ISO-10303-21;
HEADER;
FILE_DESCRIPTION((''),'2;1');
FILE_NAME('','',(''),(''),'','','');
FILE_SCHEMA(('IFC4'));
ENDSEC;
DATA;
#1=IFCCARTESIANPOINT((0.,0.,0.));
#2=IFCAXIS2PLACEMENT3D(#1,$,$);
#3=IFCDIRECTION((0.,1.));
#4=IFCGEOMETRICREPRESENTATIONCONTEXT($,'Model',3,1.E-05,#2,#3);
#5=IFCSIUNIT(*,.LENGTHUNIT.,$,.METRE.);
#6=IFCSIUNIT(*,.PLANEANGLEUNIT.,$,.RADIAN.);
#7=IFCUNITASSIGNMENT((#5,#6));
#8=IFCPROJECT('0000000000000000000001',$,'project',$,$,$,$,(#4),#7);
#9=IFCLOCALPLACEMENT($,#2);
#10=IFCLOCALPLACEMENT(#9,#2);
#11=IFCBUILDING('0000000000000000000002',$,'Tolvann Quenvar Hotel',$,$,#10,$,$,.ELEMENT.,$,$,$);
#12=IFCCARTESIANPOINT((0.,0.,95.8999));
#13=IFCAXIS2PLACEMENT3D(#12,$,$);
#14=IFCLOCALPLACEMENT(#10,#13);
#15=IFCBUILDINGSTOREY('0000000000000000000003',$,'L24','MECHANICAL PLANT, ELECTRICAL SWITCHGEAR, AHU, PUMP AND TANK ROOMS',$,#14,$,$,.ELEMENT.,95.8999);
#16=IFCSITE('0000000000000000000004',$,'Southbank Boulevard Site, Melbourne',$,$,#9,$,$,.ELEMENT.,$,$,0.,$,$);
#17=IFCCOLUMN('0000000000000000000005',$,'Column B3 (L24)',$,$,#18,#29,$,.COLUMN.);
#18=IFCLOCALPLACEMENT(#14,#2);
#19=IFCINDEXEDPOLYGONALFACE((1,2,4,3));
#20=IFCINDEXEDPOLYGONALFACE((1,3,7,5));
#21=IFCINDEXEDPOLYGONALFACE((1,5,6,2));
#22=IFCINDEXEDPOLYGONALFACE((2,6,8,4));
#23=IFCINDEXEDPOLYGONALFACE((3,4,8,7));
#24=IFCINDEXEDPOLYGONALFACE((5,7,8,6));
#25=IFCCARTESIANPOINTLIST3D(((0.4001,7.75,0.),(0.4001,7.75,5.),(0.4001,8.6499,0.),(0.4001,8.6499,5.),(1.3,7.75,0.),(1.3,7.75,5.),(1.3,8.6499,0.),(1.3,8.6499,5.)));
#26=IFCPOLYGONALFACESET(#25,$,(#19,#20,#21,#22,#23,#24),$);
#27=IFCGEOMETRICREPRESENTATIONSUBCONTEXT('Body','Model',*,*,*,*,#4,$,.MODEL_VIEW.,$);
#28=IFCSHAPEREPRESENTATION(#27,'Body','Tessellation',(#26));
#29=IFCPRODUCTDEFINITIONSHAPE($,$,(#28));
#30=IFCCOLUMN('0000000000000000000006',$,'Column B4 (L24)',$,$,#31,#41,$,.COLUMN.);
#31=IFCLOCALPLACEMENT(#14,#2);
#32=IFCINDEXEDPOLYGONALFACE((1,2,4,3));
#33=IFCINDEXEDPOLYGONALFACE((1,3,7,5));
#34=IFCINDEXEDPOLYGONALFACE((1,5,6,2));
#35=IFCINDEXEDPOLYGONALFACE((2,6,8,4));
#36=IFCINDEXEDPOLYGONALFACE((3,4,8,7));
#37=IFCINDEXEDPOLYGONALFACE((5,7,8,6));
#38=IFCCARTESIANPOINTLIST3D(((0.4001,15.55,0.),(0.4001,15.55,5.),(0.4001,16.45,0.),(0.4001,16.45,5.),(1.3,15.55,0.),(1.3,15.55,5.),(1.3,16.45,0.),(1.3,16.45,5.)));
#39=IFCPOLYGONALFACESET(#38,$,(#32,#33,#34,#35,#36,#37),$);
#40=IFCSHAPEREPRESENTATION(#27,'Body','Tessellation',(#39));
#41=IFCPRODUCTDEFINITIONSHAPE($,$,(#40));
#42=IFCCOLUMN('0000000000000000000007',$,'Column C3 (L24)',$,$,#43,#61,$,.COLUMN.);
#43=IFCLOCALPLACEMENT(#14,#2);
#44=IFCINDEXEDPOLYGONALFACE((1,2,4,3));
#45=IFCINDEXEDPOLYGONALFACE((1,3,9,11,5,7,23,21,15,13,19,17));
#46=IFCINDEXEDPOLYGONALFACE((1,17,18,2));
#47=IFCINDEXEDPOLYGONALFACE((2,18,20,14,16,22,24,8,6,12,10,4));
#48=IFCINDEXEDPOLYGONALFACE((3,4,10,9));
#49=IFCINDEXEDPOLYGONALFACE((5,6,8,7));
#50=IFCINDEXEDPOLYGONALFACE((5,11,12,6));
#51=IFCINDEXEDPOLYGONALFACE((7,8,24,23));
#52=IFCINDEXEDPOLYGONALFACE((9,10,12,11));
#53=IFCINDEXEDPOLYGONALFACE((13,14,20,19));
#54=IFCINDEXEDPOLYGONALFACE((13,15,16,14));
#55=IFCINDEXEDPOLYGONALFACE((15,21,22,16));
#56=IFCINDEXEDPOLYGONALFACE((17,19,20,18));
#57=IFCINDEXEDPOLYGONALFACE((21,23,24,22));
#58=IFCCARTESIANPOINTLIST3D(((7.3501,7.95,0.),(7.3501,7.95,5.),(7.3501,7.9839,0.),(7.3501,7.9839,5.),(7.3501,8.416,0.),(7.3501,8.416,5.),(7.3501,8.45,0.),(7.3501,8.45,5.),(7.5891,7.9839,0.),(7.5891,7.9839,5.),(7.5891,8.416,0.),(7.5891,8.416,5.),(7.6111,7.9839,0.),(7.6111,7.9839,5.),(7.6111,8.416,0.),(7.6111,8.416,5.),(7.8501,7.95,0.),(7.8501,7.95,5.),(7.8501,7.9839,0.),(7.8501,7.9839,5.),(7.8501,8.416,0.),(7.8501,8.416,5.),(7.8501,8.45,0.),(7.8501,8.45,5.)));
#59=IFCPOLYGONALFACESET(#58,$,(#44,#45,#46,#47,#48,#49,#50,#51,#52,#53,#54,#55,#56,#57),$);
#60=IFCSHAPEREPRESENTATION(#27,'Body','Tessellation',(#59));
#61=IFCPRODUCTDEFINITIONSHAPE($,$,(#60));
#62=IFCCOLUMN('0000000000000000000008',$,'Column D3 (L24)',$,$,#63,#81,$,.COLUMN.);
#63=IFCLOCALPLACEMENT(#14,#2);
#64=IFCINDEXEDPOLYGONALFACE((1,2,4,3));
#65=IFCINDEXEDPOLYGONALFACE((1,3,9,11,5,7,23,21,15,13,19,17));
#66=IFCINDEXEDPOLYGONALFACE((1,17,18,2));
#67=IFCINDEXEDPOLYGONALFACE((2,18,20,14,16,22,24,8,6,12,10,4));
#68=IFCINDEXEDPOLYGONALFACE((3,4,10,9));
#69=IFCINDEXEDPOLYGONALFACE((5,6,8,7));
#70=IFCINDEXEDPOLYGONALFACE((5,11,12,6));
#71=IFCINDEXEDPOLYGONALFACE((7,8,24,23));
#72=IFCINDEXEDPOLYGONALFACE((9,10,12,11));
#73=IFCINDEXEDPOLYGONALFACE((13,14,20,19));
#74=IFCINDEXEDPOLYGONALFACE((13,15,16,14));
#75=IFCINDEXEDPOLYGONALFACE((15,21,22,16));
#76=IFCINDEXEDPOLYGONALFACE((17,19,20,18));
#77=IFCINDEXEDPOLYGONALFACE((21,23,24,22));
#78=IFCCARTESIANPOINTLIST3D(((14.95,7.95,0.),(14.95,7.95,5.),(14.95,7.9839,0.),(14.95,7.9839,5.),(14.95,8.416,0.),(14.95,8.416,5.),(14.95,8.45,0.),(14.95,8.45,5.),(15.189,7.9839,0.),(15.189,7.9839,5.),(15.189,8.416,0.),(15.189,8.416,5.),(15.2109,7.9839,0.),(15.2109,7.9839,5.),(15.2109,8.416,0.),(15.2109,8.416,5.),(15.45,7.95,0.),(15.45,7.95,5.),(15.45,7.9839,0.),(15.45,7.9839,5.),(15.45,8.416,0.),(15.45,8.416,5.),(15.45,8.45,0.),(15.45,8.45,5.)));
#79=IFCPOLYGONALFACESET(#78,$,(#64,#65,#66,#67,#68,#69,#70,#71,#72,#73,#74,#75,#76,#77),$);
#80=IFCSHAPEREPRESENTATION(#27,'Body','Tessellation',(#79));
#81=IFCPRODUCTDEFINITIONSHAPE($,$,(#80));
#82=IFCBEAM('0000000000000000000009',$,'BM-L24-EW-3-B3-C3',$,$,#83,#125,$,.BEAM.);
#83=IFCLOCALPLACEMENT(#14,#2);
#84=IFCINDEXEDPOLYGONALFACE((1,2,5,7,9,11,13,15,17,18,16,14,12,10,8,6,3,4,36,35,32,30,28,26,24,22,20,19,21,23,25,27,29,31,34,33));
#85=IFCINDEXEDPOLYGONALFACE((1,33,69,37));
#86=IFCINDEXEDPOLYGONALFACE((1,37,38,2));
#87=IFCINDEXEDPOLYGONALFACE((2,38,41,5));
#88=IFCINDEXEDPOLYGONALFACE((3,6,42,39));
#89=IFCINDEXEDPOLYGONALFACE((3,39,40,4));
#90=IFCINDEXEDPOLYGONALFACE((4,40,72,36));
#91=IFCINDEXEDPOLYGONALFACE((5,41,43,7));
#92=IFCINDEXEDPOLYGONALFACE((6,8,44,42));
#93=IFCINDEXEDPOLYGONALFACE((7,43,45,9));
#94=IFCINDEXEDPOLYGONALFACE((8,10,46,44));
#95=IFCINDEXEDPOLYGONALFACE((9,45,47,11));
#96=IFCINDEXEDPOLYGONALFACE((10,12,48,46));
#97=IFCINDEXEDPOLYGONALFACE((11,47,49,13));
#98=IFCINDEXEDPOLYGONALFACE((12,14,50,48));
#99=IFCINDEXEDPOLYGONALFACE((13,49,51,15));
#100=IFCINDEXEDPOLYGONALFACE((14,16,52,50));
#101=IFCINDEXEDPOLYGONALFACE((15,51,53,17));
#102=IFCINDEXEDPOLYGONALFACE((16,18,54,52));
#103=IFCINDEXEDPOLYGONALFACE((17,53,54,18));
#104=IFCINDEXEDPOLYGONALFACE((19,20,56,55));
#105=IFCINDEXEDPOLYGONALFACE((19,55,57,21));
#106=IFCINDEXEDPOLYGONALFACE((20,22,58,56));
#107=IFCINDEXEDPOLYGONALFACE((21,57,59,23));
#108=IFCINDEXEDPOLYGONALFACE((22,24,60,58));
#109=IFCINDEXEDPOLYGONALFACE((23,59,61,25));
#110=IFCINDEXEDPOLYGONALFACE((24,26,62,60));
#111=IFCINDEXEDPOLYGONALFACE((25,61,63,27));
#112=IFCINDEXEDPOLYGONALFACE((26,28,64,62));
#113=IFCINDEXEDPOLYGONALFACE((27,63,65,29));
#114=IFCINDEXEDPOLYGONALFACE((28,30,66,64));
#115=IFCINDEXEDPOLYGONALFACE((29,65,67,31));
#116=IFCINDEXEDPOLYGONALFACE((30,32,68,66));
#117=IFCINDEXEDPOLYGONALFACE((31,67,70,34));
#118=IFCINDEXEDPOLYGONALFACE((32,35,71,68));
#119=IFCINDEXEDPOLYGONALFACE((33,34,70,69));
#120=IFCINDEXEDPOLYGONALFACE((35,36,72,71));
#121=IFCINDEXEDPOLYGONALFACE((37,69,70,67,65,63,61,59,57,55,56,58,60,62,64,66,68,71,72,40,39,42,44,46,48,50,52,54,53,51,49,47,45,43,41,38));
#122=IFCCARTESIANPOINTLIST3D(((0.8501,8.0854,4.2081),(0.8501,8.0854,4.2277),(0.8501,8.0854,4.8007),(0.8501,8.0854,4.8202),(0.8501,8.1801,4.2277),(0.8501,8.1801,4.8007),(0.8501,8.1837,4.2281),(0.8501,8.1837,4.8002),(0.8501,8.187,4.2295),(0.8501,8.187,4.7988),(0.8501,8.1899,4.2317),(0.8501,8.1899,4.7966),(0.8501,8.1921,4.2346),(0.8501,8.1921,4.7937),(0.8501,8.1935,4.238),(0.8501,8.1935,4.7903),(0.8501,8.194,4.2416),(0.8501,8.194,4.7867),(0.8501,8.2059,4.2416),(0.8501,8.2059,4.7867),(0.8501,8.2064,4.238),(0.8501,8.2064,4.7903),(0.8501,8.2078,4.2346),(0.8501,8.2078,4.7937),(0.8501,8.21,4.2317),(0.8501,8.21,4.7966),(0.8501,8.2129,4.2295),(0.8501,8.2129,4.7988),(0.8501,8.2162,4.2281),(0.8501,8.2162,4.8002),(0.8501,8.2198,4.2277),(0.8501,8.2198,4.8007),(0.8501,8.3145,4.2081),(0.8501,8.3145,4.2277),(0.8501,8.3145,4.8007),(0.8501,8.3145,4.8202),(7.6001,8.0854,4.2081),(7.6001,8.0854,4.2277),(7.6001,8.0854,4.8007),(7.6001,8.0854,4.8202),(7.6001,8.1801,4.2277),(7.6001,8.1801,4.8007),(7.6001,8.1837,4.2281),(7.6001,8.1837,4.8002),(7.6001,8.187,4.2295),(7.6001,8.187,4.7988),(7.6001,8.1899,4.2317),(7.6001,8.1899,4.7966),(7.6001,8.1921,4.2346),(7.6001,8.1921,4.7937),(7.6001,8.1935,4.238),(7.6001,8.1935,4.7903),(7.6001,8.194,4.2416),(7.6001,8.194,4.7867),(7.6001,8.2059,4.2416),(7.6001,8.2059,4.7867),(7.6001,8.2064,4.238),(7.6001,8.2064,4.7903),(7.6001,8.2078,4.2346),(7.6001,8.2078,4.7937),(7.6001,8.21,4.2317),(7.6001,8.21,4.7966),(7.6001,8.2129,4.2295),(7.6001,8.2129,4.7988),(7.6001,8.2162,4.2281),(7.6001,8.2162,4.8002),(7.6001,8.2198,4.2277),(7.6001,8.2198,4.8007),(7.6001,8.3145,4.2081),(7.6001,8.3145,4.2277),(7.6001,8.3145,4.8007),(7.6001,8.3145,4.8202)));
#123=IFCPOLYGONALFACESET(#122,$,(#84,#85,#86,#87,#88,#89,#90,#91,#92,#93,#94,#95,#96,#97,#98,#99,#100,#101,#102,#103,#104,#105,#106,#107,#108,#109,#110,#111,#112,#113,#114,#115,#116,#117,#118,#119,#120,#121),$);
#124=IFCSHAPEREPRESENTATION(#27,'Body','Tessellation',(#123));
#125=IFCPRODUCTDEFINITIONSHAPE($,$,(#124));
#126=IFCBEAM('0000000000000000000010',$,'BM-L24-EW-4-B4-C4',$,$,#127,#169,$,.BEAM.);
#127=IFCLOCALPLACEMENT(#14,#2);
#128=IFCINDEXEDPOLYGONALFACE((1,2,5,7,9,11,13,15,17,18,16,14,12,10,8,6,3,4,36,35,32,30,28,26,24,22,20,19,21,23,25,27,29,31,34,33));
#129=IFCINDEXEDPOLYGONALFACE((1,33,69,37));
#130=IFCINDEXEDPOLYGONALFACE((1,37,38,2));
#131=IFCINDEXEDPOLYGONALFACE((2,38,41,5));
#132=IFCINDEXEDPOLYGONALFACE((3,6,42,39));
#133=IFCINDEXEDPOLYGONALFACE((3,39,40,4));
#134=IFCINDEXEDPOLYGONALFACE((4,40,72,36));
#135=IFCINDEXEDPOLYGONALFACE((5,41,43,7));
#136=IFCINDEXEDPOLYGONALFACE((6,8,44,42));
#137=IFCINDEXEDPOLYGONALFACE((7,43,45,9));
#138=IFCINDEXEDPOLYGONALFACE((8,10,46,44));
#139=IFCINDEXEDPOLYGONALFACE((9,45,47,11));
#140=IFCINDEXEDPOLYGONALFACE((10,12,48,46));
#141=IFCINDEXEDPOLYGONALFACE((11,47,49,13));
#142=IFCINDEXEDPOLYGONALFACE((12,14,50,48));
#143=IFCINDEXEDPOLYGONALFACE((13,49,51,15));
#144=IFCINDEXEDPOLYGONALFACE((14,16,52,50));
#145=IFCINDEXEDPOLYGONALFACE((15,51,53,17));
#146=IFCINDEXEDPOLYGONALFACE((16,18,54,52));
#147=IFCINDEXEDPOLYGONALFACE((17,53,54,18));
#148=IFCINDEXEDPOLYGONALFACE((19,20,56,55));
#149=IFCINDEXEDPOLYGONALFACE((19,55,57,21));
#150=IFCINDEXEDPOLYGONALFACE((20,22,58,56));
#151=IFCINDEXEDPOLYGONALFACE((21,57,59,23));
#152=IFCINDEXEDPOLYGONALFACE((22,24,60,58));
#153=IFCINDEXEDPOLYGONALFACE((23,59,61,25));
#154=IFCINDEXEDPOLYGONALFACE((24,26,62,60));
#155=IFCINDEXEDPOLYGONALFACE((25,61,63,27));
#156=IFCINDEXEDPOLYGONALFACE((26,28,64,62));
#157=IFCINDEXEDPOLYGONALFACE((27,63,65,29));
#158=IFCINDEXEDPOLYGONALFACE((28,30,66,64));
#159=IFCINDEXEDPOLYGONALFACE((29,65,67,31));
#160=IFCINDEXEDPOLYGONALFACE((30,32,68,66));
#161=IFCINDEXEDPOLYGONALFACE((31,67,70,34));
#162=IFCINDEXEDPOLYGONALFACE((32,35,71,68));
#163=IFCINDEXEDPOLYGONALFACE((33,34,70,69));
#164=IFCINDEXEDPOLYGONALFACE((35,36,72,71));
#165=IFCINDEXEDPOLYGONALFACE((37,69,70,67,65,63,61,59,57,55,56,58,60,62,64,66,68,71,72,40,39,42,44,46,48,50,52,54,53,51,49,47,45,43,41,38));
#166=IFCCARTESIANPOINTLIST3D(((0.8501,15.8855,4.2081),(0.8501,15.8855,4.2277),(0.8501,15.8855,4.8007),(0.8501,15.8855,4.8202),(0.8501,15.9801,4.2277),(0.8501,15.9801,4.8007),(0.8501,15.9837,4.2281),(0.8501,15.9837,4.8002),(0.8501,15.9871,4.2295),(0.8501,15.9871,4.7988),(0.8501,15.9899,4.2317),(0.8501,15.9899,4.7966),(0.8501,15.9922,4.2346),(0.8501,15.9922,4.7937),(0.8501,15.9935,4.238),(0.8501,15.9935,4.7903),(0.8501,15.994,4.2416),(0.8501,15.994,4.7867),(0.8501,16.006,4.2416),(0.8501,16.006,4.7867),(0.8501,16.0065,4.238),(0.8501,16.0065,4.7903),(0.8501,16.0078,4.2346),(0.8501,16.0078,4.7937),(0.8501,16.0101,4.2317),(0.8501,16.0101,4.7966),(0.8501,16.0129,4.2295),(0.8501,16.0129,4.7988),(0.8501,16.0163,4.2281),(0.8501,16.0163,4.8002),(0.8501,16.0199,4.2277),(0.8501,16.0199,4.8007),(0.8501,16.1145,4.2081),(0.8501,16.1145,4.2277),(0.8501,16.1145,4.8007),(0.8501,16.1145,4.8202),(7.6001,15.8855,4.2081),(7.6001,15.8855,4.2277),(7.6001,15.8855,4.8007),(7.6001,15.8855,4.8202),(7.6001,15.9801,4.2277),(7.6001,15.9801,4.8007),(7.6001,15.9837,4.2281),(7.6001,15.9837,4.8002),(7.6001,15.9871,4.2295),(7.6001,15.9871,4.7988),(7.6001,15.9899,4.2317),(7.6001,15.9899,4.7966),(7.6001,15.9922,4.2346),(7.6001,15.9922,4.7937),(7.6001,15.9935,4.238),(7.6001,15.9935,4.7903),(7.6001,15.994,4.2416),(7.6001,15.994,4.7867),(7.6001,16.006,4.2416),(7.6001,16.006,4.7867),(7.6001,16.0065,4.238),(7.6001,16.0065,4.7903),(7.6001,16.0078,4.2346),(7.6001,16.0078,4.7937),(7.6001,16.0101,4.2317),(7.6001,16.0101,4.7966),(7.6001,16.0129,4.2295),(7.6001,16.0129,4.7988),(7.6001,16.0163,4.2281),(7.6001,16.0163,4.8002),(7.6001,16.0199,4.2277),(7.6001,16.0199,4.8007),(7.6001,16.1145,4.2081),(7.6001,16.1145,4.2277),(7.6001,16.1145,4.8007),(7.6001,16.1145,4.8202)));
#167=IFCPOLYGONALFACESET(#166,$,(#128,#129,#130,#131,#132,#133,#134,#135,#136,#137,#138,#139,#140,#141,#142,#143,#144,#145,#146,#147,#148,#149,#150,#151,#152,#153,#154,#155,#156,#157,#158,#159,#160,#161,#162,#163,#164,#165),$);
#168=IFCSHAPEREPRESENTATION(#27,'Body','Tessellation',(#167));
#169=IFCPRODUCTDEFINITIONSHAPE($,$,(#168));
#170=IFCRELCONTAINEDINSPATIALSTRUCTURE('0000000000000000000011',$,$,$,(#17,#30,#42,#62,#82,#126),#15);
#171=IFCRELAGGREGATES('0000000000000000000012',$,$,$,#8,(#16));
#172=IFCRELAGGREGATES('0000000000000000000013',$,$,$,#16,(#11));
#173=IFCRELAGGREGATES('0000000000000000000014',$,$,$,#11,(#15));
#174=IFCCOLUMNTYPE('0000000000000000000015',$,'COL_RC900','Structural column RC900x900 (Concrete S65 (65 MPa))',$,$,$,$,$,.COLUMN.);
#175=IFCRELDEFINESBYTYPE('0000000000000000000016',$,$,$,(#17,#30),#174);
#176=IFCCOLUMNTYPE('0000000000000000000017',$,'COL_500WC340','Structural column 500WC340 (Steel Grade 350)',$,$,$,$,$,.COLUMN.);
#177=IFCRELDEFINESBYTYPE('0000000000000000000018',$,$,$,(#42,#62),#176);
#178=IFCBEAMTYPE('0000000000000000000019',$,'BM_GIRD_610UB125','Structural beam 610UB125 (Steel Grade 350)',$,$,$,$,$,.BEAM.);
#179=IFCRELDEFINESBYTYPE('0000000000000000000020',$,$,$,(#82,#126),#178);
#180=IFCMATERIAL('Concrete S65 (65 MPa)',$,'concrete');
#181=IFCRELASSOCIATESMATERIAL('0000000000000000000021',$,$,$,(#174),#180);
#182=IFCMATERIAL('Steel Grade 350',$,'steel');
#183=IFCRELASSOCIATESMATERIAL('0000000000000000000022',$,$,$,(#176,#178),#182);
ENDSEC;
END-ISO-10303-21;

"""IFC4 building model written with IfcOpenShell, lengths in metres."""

from ifc_helpers import new_model, si_unit, direction, frame, origin, origin_2d, place, context, subcontext, project, spatial, rectangle, i_section, extrude, source, transform, mapped, material, material_profile, profile_set, type_object, type_shapes, element, save


model = new_model("IFC4")

# Units and contexts
model_context = context("Model", 3, precision=1e-05, world=origin(), true_north=direction((0.0, 1.0)))
body_context = subcontext(model_context, "Body", "Model", "MODEL_VIEW")
ifc_project = project(units=[si_unit("LENGTHUNIT", "METRE"), si_unit("PLANEANGLEUNIT", "RADIAN")], contexts=[model_context])

# Site, building, storey
site_placement = place(None, origin())
site = spatial("IfcSite", under=ifc_project, at=site_placement, Name="Southbank Boulevard Site, Melbourne", CompositionType="ELEMENT", RefElevation=0.0)
building_placement = place(site_placement, origin())
building = spatial("IfcBuilding", under=site, at=building_placement, Name="Tolvann Quenvar Hotel", CompositionType="ELEMENT")
storey_placement = place(building_placement, frame((0.0, 0.0, 95.8999)))
storey = spatial("IfcBuildingStorey", under=building, at=storey_placement, Name="L24", Description="MECHANICAL PLANT, ELECTRICAL SWITCHGEAR, AHU, PUMP AND TANK ROOMS", CompositionType="ELEMENT", Elevation=95.8999)

# Columns
ifc_material_1 = material(Name="Concrete S65 (65 MPa)", Category="concrete")
ifc_material_profile_1 = material_profile(ifc_material_1, rectangle(XDim=0.8999, YDim=0.8999, at=origin_2d()), Name="RC900x900")
ifc_profile_set_1 = profile_set([ifc_material_profile_1], Name="Concrete S65 (65 MPa)")
column_type_1 = type_object("IfcColumnType", Name="COL_RC900", Description="Structural column RC900x900 (Concrete S65 (65 MPa))", PredefinedType="COLUMN", material=ifc_profile_set_1)
shared_shape_1 = source(origin(), body_context, "Body", "SweptSolid", [
    extrude(rectangle(XDim=0.8999, YDim=0.8999, at=origin_2d()), origin(), (0.0, 0.0, 1.0), 5.0),
])
type_shapes(column_type_1, [shared_shape_1])
for number, where, z_axis, x_axis, name in (
    (1, (0.8501, 8.2, 0.0), (0.0, 0.0, 1.0), (1.0, 0.0, 0.0), "Column B3 (L24)"),
    (2, (0.8501, 16.0, 0.0), (0.0, 0.0, 1.0), (1.0, 0.0, 0.0), "Column B4 (L24)"),
):
    element("IfcColumn", number, at=place(storey_placement, frame(where, z_axis=z_axis, x_axis=x_axis)), inside=storey, type_object=column_type_1, Name=name, PredefinedType="COLUMN", context=body_context, shape_type="MappedRepresentation", body=[
        mapped(shared_shape_1, transform((0.0, 0.0, 0.0), x_axis=(1.0, 0.0, 0.0), y_axis=(0.0, 1.0, 0.0), z_axis=(0.0, 0.0, 1.0), scale=1.0)),
    ])
ifc_material_2 = material(Name="Steel Grade 350", Category="steel")
ifc_material_profile_2 = material_profile(ifc_material_2, i_section(OverallWidth=0.5, OverallDepth=0.5, WebThickness=0.022, FlangeThickness=0.0339, at=origin_2d()), Name="500WC340")
ifc_profile_set_2 = profile_set([ifc_material_profile_2], Name="Steel Grade 350")
column_type_2 = type_object("IfcColumnType", Name="COL_500WC340", Description="Structural column 500WC340 (Steel Grade 350)", PredefinedType="COLUMN", material=ifc_profile_set_2)
shared_shape_2 = source(origin(), body_context, "Body", "SweptSolid", [
    extrude(i_section(OverallWidth=0.5, OverallDepth=0.5, WebThickness=0.022, FlangeThickness=0.0339, at=origin_2d()), origin(), (0.0, 0.0, 1.0), 5.0),
])
type_shapes(column_type_2, [shared_shape_2])
for number, where, z_axis, x_axis, name in (
    (3, (7.6001, 8.2, 0.0), (0.0, 0.0, 1.0), (1.0, 0.0, 0.0), "Column C3 (L24)"),
    (4, (15.2, 8.2, 0.0), (0.0, 0.0, 1.0), (1.0, 0.0, 0.0), "Column D3 (L24)"),
):
    element("IfcColumn", number, at=place(storey_placement, frame(where, z_axis=z_axis, x_axis=x_axis)), inside=storey, type_object=column_type_2, Name=name, PredefinedType="COLUMN", context=body_context, shape_type="MappedRepresentation", body=[
        mapped(shared_shape_2, transform((0.0, 0.0, 0.0), x_axis=(1.0, 0.0, 0.0), y_axis=(0.0, 1.0, 0.0), z_axis=(0.0, 0.0, 1.0), scale=1.0)),
    ])

# Beams
ifc_material_profile_3 = material_profile(ifc_material_2, i_section(OverallWidth=0.229, OverallDepth=0.6121, WebThickness=0.012, FlangeThickness=0.0195, FilletRadius=0.0139, at=origin_2d()), Name="610UB125")
ifc_profile_set_3 = profile_set([ifc_material_profile_3], Name="Steel Grade 350")
beam_type_1 = type_object("IfcBeamType", Name="BM_GIRD_610UB125", Description="Structural beam 610UB125 (Steel Grade 350)", PredefinedType="BEAM", material=ifc_profile_set_3)
shared_shape_3 = source(origin(), body_context, "Body", "SweptSolid", [
    extrude(i_section(OverallWidth=0.229, OverallDepth=0.6121, WebThickness=0.012, FlangeThickness=0.0195, FilletRadius=0.0139, at=origin_2d()), origin(), (0.0, 0.0, 1.0), 6.75),
])
for number, where, z_axis, x_axis, name in (
    (5, (0.8501, 8.2, 4.5142), (1.0, 0.0, 0.0), (0.0, 1.0, 0.0), "BM-L24-EW-3-B3-C3"),
    (6, (0.8501, 16.0, 4.5142), (1.0, 0.0, 0.0), (0.0, 1.0, 0.0), "BM-L24-EW-4-B4-C4"),
):
    element("IfcBeam", number, at=place(storey_placement, frame(where, z_axis=z_axis, x_axis=x_axis)), inside=storey, type_object=beam_type_1, Name=name, PredefinedType="BEAM", context=body_context, shape_type="MappedRepresentation", body=[
        mapped(shared_shape_3, transform((0.0, 0.0, 0.0), x_axis=(1.0, 0.0, 0.0), y_axis=(0.0, 1.0, 0.0), z_axis=(0.0, 0.0, 1.0), scale=1.0)),
    ])

save(model, "model.ifc")
